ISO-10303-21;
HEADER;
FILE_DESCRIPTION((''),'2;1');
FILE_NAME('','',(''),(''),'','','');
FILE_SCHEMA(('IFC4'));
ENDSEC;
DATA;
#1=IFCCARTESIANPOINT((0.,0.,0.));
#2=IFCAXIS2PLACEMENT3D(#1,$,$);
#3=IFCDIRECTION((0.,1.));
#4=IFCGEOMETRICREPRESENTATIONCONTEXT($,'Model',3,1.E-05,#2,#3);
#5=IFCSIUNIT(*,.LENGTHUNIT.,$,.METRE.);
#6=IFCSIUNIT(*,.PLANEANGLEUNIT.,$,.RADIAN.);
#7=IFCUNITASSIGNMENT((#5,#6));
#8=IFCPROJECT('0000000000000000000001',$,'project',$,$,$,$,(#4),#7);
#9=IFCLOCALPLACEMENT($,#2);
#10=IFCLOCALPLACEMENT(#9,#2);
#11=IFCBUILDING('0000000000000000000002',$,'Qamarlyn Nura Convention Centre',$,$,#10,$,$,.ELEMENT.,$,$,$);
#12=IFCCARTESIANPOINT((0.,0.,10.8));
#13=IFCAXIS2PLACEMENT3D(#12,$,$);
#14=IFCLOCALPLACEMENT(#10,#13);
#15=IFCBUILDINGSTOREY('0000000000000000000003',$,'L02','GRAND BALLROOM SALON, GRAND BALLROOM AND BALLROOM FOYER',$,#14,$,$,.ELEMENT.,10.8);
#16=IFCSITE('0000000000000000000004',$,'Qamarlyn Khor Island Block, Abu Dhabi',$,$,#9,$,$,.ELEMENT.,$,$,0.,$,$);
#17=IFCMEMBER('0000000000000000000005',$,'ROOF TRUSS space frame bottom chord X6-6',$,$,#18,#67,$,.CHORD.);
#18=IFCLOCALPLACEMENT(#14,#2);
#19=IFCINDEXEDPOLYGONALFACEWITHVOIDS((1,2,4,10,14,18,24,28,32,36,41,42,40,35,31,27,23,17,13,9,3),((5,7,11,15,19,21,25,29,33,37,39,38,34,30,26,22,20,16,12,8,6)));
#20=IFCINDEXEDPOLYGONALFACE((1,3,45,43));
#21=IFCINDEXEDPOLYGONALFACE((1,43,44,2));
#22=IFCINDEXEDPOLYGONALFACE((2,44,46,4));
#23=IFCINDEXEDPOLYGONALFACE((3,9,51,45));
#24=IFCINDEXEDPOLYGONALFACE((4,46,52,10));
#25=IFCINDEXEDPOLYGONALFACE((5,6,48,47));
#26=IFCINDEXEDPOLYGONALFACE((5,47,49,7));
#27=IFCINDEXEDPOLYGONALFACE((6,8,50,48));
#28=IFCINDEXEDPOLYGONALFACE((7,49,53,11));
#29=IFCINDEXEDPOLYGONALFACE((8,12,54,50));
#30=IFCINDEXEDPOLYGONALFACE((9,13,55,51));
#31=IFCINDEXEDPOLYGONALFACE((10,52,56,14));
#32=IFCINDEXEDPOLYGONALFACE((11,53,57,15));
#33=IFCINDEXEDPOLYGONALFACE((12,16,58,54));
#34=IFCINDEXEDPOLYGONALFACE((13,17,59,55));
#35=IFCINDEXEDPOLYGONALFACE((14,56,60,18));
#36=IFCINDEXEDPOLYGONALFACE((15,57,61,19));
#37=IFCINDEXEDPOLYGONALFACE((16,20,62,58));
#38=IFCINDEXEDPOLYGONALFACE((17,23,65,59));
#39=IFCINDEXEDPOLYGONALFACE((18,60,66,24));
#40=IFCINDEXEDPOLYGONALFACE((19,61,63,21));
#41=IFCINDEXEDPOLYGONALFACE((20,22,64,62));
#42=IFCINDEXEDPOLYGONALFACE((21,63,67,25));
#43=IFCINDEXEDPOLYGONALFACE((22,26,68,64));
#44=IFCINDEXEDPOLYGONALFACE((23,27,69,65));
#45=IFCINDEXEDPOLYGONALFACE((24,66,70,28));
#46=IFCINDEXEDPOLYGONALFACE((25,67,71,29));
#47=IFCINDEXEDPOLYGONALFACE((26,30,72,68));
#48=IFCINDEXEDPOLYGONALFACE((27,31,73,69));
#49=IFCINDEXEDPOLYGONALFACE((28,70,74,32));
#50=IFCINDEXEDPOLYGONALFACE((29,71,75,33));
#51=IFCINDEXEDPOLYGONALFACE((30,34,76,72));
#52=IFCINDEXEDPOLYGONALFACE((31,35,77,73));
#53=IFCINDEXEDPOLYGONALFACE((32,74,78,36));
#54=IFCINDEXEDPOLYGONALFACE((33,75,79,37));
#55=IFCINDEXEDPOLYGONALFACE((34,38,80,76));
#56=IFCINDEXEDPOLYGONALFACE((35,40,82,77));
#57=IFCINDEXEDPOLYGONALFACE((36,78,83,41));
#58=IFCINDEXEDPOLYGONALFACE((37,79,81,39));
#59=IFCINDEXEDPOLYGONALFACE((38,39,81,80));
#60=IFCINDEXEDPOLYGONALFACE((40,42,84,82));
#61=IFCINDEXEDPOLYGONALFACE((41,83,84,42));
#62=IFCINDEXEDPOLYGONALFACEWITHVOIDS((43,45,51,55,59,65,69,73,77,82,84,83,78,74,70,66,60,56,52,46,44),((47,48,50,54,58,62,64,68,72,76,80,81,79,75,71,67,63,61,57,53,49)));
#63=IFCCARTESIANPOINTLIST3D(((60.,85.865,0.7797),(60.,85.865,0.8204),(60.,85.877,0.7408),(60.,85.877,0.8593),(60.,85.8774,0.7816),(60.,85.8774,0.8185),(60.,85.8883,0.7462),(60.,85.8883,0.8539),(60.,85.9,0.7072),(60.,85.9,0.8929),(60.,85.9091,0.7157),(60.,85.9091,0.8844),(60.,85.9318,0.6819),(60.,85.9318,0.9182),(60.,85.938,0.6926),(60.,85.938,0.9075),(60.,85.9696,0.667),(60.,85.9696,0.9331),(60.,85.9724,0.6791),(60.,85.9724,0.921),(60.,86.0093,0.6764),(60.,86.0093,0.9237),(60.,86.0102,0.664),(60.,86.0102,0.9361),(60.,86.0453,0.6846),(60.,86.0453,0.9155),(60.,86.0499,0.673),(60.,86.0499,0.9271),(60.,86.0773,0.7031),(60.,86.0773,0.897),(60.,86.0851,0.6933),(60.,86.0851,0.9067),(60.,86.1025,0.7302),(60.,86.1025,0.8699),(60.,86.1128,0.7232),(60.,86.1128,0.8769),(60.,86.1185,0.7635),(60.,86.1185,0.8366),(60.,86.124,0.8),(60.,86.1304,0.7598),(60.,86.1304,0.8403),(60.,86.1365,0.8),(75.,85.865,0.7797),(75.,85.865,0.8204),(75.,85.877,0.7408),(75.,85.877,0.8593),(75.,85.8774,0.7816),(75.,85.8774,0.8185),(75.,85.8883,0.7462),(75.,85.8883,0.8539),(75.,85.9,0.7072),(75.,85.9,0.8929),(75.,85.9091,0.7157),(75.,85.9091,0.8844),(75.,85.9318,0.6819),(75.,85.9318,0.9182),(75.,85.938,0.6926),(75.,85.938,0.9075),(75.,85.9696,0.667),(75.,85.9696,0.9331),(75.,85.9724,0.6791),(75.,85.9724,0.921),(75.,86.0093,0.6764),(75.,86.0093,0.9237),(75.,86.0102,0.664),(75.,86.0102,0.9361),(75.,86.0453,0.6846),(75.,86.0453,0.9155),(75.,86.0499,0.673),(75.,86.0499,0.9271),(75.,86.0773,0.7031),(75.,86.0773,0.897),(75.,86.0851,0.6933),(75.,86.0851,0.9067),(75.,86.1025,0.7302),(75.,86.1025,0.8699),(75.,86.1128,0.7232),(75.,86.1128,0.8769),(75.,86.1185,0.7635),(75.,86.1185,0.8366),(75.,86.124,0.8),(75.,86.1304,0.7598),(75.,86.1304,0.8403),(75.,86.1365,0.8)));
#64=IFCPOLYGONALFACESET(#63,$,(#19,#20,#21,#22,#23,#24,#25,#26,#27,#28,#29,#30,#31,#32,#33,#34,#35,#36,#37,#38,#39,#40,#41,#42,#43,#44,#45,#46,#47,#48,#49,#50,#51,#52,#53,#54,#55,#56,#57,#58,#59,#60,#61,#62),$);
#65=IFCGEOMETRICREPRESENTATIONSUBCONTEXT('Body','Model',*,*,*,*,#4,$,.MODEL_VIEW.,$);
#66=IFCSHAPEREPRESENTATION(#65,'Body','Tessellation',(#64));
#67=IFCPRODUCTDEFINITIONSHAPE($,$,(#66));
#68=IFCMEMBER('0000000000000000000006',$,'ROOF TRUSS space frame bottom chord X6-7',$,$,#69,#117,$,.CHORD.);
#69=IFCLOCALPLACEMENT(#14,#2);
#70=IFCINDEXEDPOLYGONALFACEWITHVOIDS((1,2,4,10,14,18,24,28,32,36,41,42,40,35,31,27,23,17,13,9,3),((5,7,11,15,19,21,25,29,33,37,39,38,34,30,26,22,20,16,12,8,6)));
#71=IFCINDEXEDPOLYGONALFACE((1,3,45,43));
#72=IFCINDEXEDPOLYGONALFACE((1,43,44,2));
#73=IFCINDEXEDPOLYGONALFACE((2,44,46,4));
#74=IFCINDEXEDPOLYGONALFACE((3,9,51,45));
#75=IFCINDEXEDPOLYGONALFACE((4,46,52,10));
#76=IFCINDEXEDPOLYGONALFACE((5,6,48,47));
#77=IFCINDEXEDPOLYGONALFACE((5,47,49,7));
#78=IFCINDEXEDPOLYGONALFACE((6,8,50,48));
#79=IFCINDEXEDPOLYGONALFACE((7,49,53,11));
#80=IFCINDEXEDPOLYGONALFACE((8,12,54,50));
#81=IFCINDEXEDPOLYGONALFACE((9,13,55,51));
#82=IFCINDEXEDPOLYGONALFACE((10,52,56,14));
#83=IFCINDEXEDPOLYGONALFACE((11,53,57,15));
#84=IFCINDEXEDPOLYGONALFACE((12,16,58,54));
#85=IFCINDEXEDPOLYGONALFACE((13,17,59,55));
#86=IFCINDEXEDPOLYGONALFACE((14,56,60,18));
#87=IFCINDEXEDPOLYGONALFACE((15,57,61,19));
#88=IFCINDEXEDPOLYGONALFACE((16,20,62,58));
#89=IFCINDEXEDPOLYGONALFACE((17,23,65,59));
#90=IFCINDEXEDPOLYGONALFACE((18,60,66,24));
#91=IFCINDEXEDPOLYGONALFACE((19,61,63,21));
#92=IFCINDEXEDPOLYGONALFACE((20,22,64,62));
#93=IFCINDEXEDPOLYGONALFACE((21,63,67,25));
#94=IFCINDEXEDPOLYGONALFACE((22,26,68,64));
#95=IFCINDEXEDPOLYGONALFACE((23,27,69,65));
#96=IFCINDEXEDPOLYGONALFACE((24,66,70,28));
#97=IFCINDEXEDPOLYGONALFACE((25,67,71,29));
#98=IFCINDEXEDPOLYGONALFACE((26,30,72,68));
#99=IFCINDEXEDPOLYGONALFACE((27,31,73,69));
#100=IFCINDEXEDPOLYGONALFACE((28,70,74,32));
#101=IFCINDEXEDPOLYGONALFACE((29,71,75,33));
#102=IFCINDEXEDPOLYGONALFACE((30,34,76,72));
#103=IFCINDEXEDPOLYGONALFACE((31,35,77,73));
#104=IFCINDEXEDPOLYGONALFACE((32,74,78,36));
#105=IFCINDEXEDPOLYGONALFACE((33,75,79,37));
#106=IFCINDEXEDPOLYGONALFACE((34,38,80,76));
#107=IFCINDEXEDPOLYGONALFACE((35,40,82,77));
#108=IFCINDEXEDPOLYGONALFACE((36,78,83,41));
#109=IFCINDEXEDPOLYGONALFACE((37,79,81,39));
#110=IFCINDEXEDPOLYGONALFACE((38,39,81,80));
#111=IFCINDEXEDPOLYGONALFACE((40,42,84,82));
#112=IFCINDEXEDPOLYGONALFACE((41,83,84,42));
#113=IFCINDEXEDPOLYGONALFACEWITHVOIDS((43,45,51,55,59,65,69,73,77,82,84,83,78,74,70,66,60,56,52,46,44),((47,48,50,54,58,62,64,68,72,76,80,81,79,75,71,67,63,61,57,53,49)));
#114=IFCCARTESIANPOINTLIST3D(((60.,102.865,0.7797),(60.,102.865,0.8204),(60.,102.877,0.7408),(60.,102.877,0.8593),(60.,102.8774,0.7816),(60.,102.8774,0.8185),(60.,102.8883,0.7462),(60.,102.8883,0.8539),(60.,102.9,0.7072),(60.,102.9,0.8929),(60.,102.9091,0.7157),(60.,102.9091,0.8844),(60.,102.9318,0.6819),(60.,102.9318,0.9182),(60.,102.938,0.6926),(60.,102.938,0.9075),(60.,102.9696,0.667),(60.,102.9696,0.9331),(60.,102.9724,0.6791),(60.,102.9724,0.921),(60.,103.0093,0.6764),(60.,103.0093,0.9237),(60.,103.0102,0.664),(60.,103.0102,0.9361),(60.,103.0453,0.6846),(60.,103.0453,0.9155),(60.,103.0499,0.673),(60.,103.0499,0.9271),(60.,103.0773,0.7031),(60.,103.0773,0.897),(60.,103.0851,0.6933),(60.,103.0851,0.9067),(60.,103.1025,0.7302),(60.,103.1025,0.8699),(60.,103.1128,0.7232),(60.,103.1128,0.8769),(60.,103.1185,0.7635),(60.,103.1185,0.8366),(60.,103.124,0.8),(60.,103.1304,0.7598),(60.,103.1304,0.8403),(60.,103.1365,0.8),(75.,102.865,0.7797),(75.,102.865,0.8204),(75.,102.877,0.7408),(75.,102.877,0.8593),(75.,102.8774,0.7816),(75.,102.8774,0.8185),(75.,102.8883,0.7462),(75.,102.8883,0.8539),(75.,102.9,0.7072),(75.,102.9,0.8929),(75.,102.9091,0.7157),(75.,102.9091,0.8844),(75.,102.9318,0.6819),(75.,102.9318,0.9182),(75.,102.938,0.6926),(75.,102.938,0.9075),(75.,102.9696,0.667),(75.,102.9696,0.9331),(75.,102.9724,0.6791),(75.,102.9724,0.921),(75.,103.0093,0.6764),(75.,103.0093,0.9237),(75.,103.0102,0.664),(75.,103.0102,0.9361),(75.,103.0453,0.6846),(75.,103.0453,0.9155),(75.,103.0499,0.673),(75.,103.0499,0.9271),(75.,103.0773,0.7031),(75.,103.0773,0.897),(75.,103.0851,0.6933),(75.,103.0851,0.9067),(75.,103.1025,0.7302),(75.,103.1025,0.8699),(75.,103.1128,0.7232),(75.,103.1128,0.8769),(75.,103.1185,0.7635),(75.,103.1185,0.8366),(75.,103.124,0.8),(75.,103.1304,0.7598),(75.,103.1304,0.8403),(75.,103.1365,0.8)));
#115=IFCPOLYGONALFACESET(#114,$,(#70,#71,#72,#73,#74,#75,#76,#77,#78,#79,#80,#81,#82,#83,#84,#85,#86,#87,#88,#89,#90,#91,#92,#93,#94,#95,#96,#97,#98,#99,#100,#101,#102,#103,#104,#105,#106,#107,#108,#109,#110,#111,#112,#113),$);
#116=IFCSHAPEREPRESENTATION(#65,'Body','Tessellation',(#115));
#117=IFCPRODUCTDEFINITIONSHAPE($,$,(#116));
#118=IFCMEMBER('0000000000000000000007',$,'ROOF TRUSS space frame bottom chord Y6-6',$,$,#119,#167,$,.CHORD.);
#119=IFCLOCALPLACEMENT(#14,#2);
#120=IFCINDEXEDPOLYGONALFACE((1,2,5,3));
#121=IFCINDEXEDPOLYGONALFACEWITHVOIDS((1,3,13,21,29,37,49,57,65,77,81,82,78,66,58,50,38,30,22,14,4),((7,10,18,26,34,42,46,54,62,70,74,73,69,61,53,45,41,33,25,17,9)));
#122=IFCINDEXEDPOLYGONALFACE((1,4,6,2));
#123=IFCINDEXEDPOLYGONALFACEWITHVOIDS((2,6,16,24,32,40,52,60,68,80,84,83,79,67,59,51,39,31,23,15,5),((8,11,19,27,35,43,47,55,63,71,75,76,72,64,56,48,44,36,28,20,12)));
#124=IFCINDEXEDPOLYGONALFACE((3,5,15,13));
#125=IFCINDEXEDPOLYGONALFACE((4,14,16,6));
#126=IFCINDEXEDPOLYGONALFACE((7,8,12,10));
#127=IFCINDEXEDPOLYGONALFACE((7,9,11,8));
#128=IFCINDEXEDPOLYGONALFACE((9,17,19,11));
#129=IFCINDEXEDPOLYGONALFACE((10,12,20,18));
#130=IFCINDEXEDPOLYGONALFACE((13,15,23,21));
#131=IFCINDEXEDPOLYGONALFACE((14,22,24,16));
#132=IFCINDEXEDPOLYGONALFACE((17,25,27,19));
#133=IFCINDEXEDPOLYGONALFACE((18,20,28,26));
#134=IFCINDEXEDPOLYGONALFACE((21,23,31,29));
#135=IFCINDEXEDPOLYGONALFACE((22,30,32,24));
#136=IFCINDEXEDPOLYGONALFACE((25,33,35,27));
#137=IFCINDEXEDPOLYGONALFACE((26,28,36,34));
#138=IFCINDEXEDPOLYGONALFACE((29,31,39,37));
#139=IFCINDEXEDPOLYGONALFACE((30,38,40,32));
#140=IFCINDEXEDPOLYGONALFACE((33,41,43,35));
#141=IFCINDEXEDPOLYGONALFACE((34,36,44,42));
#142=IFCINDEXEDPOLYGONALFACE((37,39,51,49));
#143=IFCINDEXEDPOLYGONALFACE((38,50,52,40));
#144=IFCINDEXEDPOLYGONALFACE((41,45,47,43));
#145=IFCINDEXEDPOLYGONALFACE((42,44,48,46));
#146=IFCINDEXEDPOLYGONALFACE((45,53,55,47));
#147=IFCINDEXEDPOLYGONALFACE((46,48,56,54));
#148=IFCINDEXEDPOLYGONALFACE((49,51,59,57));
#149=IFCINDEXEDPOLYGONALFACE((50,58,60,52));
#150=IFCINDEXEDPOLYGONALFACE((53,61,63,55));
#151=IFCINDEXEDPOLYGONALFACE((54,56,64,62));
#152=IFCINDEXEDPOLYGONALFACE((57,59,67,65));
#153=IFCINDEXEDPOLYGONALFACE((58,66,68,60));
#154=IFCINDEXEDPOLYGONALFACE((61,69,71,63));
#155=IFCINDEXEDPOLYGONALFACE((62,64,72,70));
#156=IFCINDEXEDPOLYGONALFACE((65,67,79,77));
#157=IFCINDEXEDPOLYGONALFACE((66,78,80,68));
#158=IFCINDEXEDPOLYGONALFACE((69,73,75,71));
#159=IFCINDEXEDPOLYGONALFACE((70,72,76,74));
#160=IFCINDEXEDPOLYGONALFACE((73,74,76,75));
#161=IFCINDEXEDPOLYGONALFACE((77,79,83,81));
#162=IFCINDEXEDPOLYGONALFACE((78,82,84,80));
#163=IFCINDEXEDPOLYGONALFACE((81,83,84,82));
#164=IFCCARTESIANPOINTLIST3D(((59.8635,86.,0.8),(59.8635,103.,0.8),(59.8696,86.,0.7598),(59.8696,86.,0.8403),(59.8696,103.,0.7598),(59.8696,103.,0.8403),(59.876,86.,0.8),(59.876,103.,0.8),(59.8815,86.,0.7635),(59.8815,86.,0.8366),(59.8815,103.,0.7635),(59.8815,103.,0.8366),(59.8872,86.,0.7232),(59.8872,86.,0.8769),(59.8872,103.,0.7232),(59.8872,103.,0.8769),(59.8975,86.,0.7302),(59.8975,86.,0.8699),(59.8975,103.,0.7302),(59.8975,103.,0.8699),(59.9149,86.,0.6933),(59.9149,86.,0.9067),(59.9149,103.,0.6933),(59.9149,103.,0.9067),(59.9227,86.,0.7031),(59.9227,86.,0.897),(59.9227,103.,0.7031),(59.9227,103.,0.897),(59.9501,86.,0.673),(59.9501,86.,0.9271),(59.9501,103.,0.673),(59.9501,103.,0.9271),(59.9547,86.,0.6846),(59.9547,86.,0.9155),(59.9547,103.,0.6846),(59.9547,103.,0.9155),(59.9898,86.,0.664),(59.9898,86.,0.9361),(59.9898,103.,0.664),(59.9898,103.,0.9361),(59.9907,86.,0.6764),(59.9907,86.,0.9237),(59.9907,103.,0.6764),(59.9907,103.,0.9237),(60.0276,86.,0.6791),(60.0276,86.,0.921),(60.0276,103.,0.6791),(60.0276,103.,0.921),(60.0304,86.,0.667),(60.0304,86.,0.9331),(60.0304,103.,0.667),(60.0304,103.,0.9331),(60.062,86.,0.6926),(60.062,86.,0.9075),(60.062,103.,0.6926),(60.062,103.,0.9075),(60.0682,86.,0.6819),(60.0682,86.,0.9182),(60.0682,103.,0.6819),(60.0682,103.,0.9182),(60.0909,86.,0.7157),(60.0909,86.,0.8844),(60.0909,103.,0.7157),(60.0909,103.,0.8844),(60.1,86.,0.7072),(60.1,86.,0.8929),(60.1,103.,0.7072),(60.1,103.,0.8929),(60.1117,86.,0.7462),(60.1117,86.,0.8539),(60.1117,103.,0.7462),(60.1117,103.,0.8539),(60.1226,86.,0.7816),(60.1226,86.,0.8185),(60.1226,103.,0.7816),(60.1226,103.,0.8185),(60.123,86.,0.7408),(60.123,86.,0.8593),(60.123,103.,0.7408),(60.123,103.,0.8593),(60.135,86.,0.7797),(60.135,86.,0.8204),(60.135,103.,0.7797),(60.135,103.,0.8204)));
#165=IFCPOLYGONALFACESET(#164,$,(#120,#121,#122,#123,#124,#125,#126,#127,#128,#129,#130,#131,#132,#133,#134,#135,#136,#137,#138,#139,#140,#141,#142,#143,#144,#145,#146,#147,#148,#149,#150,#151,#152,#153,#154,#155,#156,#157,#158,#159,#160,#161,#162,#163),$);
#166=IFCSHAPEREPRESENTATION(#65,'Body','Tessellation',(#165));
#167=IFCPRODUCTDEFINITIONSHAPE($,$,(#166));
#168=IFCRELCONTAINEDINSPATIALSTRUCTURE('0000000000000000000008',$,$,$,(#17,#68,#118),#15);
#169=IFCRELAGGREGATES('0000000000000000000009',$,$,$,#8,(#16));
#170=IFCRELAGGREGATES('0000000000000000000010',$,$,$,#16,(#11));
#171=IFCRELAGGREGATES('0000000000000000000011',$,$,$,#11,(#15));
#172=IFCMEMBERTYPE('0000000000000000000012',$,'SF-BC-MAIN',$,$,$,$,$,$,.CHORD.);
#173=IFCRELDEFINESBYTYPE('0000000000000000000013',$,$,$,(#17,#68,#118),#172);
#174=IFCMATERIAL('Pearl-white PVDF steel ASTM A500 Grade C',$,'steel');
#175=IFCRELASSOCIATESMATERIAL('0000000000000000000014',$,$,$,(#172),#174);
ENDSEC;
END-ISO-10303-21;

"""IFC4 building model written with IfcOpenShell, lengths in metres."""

from ifc_helpers import new_model, si_unit, direction, frame, origin, origin_2d, place, context, subcontext, project, spatial, hollow_circle, extrude, material, material_profile, profile_set, type_object, element, save


model = new_model("IFC4")

# Units and contexts
model_context = context("Model", 3, precision=1e-05, world=origin(), true_north=direction((0.0, 1.0)))
body_context = subcontext(model_context, "Body", "Model", "MODEL_VIEW")
ifc_project = project(units=[si_unit("LENGTHUNIT", "METRE"), si_unit("PLANEANGLEUNIT", "RADIAN")], contexts=[model_context])

# Site, building, storey
site_placement = place(None, origin())
site = spatial("IfcSite", under=ifc_project, at=site_placement, Name="Qamarlyn Khor Island Block, Abu Dhabi", CompositionType="ELEMENT", RefElevation=0.0)
building_placement = place(site_placement, origin())
building = spatial("IfcBuilding", under=site, at=building_placement, Name="Qamarlyn Nura Convention Centre", CompositionType="ELEMENT")
storey_placement = place(building_placement, frame((0.0, 0.0, 10.8)))
storey = spatial("IfcBuildingStorey", under=building, at=storey_placement, Name="L02", Description="GRAND BALLROOM SALON, GRAND BALLROOM AND BALLROOM FOYER", CompositionType="ELEMENT", Elevation=10.8)

# Members
ifc_material_1 = material(Name="Pearl-white PVDF steel ASTM A500 Grade C", Category="steel")
ifc_material_profile_1 = material_profile(ifc_material_1, hollow_circle(Radius=0.1365, WallThickness=0.0125, at=origin_2d()), Name="CHS273X12.5")
ifc_profile_set_1 = profile_set([ifc_material_profile_1], Name="Pearl-white PVDF steel ASTM A500 Grade C")
member_type_1 = type_object("IfcMemberType", Name="SF-BC-MAIN", PredefinedType="CHORD", material=ifc_profile_set_1)
for number, where, z_axis, x_axis, name in (
    (1, (60.0, 86.0, 0.8), (1.0, 0.0, 0.0), (0.0, 1.0, 0.0), "ROOF TRUSS space frame bottom chord X6-6"),
    (2, (60.0, 103.0, 0.8), (1.0, 0.0, 0.0), (0.0, 1.0, 0.0), "ROOF TRUSS space frame bottom chord X6-7"),
):
    element("IfcMember", number, at=place(storey_placement, frame(where, z_axis=z_axis, x_axis=x_axis)), inside=storey, type_object=member_type_1, Name=name, PredefinedType="CHORD", context=body_context, shape_type="SweptSolid", body=[
        extrude(hollow_circle(Radius=0.1365, WallThickness=0.0125, at=origin_2d()), origin(), (0.0, 0.0, 1.0), 15.0),
    ])
member_1_placement = place(storey_placement, frame((60.0, 86.0, 0.8), z_axis=(0.0, 1.0, 0.0), x_axis=(-1.0, 0.0, 0.0)))
element("IfcMember", 3, at=member_1_placement, inside=storey, type_object=member_type_1, Name="ROOF TRUSS space frame bottom chord Y6-6", PredefinedType="CHORD", context=body_context, shape_type="SweptSolid", body=[
    extrude(hollow_circle(Radius=0.1365, WallThickness=0.0125, at=origin_2d()), origin(), (0.0, 0.0, 1.0), 17.0),
])

save(model, "model.ifc")
